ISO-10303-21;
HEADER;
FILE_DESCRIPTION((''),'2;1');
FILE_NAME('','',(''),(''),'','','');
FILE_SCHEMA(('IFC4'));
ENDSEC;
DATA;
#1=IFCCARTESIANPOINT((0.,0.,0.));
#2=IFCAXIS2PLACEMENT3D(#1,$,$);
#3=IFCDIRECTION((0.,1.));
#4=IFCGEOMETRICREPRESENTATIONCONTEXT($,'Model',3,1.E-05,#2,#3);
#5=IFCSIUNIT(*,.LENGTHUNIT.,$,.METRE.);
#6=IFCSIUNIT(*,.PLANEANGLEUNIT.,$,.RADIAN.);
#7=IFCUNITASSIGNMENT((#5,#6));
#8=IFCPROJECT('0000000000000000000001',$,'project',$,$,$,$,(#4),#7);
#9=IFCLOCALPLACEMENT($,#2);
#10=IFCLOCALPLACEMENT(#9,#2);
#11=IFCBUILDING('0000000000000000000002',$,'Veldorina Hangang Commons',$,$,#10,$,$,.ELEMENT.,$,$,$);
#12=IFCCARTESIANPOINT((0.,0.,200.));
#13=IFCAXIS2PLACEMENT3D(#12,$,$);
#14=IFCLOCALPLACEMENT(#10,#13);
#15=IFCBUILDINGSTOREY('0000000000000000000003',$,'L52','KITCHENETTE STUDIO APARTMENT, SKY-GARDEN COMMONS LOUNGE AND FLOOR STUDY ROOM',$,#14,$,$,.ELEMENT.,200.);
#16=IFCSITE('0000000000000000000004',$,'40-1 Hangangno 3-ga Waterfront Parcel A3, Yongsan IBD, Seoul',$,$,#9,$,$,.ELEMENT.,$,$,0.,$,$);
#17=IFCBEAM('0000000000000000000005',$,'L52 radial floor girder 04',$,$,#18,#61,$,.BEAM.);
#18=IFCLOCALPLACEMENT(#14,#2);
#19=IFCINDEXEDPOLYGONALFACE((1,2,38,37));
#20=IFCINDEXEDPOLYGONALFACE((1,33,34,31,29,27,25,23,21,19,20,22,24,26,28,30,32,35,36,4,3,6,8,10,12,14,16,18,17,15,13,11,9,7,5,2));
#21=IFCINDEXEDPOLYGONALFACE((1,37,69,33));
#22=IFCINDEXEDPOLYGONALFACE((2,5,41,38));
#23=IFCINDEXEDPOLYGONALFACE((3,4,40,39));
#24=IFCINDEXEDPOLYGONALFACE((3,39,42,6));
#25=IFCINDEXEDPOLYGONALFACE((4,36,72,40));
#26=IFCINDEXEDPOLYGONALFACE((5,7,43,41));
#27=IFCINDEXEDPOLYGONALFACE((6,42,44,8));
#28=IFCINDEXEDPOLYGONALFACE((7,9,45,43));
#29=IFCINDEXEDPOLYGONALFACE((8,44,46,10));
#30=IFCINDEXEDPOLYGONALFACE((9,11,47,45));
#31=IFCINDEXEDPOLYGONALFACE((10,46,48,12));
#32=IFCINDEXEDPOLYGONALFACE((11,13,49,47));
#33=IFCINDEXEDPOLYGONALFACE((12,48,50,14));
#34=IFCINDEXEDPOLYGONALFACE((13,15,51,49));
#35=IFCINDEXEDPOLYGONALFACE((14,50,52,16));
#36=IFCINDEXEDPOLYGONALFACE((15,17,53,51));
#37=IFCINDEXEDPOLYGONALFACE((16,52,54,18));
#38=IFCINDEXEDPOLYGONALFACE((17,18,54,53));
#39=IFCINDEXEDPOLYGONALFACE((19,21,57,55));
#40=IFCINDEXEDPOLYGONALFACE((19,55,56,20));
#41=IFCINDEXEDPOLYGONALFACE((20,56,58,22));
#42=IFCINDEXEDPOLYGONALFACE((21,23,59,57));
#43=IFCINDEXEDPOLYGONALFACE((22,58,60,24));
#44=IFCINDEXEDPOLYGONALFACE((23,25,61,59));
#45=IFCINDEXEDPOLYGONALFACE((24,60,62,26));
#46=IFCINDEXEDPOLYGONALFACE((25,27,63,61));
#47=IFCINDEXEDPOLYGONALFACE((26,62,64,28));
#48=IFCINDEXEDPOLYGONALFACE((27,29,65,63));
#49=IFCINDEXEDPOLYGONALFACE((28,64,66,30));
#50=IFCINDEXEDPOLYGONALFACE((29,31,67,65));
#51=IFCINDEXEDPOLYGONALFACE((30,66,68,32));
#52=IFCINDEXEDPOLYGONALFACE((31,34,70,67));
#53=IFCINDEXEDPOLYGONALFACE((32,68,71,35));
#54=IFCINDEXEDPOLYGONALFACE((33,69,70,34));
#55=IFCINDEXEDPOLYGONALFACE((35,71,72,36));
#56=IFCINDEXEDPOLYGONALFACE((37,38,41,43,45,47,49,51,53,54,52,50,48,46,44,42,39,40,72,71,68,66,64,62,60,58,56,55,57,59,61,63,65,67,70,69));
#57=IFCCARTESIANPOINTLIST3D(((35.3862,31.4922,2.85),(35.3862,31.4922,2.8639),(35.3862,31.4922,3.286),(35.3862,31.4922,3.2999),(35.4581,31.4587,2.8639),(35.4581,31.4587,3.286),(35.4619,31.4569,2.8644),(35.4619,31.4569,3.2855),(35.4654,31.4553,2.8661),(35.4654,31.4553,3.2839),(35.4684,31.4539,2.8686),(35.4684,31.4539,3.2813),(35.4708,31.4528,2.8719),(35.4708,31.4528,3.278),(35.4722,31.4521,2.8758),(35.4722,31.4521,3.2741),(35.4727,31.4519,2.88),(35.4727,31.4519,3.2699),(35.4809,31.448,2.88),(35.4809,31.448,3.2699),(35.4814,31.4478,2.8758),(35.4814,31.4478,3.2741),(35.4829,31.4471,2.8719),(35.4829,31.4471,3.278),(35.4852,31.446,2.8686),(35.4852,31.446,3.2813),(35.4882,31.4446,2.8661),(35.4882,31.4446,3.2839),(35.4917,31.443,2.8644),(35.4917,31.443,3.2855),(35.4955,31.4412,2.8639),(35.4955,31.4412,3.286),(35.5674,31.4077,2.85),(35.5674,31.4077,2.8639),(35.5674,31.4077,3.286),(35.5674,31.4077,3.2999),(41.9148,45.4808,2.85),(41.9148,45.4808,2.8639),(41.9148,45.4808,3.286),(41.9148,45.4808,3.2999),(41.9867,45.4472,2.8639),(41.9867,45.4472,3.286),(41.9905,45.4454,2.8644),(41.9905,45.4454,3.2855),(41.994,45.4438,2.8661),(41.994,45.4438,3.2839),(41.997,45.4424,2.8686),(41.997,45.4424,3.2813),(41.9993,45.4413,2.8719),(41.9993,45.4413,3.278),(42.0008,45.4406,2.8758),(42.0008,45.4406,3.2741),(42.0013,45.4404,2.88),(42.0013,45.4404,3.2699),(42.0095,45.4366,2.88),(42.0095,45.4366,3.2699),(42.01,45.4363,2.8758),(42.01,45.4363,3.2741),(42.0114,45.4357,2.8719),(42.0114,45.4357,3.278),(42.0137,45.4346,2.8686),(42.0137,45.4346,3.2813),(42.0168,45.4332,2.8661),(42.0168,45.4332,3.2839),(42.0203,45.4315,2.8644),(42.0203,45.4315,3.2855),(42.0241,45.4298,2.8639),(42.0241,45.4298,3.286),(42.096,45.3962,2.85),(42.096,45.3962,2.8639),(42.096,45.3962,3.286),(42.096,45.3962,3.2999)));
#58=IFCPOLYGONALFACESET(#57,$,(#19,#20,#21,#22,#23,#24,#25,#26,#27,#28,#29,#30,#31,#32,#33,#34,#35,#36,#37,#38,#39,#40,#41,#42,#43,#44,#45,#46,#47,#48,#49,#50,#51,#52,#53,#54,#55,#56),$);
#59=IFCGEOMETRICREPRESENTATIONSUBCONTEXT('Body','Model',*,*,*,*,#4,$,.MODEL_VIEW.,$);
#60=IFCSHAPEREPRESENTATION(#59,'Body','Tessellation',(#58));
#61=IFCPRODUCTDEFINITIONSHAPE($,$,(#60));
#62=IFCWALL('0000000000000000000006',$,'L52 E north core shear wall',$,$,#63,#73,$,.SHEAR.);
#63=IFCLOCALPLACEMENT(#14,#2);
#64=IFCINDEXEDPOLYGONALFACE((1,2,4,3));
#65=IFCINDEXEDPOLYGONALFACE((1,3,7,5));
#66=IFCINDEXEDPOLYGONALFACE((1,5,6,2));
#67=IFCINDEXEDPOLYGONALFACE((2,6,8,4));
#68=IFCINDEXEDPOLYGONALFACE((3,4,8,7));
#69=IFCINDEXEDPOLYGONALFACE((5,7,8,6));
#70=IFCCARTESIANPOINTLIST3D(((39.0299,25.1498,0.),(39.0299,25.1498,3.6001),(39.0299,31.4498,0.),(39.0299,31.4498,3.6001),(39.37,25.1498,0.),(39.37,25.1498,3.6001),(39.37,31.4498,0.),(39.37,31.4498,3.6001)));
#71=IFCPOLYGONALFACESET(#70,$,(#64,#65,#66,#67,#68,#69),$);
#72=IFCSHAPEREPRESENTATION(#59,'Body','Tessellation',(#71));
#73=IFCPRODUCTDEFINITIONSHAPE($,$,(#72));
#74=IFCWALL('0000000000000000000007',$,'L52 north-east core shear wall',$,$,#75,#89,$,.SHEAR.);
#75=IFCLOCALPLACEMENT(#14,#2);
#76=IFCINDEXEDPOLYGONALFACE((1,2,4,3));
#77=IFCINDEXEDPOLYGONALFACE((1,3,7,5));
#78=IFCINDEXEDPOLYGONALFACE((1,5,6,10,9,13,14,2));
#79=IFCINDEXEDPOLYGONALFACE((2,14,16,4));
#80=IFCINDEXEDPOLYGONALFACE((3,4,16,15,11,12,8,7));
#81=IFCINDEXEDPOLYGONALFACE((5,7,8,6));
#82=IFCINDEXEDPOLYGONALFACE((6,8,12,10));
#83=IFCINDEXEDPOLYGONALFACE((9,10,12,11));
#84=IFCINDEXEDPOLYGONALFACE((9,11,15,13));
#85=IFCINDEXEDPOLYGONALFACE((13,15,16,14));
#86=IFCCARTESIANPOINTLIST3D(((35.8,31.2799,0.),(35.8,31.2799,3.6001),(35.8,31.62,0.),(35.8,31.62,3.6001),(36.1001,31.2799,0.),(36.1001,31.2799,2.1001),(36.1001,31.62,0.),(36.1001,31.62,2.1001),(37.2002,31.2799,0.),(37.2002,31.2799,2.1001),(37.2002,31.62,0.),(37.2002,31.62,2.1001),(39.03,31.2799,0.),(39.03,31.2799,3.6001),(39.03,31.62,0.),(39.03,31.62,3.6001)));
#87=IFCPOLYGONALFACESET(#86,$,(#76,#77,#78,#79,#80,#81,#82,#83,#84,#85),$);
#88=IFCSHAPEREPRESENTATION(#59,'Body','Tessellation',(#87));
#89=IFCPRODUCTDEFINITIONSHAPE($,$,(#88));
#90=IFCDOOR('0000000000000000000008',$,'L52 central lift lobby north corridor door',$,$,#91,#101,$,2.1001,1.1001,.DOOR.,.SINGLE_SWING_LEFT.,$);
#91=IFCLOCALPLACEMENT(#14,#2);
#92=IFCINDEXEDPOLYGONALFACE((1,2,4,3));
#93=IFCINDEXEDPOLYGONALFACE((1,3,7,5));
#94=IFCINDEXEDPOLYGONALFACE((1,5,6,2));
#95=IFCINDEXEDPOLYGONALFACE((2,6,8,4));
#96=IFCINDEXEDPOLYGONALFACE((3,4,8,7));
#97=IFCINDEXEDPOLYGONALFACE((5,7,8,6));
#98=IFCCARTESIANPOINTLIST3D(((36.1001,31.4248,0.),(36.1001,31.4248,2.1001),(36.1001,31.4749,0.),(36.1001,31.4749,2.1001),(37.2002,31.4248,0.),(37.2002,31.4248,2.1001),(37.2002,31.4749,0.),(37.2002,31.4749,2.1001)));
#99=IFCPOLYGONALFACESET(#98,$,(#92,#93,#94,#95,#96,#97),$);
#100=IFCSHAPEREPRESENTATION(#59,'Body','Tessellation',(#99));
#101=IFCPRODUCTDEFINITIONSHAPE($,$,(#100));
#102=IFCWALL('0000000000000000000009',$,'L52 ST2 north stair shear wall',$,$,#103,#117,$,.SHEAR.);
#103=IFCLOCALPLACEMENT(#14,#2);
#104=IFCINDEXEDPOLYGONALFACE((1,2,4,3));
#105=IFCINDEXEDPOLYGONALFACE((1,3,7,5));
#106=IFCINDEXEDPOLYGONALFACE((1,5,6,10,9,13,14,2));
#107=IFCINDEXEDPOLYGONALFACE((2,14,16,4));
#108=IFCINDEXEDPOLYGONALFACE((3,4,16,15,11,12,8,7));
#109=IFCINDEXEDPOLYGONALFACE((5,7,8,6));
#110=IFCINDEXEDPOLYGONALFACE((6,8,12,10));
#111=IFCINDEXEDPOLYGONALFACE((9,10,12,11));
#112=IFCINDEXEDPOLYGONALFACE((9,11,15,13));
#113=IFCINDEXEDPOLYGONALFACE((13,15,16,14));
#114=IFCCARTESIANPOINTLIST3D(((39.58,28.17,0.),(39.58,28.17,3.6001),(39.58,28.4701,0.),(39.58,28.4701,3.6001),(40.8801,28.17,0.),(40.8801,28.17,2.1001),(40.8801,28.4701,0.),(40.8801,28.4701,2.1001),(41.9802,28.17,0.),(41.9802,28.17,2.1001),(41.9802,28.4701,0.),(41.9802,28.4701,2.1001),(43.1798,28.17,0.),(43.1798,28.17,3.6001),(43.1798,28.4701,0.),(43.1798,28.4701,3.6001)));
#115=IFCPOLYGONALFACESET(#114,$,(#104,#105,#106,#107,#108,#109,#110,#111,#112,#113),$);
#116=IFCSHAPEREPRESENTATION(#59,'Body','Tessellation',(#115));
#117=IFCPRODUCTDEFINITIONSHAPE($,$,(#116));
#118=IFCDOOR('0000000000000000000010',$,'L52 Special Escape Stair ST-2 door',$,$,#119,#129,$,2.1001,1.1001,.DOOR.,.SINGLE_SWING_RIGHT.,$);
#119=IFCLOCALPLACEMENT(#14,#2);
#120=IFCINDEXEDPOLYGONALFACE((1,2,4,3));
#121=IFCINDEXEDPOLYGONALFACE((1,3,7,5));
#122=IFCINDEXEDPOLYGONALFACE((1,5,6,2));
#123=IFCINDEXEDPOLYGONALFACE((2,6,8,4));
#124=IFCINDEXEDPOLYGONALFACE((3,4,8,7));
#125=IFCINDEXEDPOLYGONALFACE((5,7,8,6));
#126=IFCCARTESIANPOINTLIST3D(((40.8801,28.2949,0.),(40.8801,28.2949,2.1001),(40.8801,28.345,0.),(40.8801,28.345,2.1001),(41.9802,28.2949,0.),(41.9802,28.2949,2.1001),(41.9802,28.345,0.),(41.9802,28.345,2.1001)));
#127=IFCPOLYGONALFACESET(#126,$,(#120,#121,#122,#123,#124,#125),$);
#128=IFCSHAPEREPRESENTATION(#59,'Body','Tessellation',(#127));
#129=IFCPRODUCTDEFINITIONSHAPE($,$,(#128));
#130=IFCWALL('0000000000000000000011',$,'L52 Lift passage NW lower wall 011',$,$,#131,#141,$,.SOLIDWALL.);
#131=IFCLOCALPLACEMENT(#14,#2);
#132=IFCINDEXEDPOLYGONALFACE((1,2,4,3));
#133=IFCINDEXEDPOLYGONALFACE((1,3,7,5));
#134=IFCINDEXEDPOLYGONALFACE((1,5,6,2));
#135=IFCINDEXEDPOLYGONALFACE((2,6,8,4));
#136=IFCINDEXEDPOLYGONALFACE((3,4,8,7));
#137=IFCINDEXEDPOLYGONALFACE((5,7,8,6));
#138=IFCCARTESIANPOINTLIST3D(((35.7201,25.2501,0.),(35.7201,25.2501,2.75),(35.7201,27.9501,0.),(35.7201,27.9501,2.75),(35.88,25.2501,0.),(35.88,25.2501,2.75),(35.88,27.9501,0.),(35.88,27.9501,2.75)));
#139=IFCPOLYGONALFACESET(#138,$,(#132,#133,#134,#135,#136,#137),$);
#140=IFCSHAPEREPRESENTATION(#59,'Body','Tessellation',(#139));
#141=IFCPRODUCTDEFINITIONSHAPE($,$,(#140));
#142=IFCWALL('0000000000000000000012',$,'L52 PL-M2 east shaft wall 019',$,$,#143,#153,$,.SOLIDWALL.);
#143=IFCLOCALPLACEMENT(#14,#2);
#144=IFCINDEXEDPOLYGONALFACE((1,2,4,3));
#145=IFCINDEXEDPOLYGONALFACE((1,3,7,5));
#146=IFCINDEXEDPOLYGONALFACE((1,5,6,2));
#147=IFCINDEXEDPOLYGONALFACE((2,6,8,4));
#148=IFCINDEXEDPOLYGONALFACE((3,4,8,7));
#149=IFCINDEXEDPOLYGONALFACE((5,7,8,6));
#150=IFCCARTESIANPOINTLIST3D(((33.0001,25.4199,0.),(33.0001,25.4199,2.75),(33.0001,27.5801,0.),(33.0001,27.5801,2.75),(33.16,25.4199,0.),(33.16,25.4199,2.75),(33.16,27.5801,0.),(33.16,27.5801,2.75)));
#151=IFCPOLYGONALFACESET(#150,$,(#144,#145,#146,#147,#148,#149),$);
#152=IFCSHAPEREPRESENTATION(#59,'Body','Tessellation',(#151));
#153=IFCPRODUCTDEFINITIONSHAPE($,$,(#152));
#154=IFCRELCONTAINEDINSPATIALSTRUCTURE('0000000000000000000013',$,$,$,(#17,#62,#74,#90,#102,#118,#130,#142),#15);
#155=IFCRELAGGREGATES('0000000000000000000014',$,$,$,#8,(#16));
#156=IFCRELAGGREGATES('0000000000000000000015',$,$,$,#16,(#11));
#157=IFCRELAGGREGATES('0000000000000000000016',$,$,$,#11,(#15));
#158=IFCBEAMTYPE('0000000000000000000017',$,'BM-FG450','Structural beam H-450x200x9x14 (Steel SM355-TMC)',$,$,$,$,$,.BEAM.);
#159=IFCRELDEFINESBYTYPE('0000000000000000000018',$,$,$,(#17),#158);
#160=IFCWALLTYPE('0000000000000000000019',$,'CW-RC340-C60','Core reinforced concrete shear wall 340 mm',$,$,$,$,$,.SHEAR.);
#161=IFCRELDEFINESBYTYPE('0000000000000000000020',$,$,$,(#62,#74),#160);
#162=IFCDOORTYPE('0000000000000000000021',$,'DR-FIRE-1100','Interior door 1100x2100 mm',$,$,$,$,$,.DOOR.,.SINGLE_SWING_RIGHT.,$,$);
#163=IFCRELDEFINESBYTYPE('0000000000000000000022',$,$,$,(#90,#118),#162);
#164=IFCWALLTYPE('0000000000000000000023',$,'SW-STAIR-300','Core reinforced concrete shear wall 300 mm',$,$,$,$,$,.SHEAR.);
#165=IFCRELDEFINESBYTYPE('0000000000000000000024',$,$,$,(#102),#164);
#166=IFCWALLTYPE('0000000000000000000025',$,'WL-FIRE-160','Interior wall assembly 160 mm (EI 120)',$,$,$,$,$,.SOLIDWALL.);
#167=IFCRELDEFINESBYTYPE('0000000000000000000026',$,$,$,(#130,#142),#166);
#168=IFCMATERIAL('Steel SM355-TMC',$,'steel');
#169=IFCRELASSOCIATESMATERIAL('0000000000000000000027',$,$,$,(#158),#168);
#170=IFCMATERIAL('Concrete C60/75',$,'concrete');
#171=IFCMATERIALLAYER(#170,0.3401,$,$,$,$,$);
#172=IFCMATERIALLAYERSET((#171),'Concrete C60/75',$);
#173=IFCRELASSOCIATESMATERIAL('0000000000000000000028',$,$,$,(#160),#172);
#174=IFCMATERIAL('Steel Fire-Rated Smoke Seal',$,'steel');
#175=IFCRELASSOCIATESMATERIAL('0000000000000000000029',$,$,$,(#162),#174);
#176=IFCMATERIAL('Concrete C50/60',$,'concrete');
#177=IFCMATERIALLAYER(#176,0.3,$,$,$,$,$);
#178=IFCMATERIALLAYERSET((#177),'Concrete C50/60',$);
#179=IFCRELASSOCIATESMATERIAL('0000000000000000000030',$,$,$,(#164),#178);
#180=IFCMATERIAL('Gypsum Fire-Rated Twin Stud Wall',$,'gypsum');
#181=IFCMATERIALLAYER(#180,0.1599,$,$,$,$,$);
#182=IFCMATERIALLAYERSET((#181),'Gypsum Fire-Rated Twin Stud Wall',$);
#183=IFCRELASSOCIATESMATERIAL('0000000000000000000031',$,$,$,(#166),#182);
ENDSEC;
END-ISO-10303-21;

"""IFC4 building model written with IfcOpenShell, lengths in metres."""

from ifc_helpers import new_model, si_unit, direction, frame, frame_2d, origin, origin_2d, place, context, subcontext, project, spatial, rectangle, i_section, extrude, material, layer, layer_set, material_profile, profile_set, type_object, element, fill, save


model = new_model("IFC4")

# Units and contexts
model_context = context("Model", 3, precision=1e-05, world=origin(), true_north=direction((0.0, 1.0)))
body_context = subcontext(model_context, "Body", "Model", "MODEL_VIEW")
ifc_project = project(units=[si_unit("LENGTHUNIT", "METRE"), si_unit("PLANEANGLEUNIT", "RADIAN")], contexts=[model_context])

# Site, building, storey
site_placement = place(None, origin())
site = spatial("IfcSite", under=ifc_project, at=site_placement, Name="40-1 Hangangno 3-ga Waterfront Parcel A3, Yongsan IBD, Seoul", CompositionType="ELEMENT", RefElevation=0.0)
building_placement = place(site_placement, origin())
building = spatial("IfcBuilding", under=site, at=building_placement, Name="Veldorina Hangang Commons", CompositionType="ELEMENT")
storey_placement = place(building_placement, frame((0.0, 0.0, 200.0)))
storey = spatial("IfcBuildingStorey", under=building, at=storey_placement, Name="L52", Description="KITCHENETTE STUDIO APARTMENT, SKY-GARDEN COMMONS LOUNGE AND FLOOR STUDY ROOM", CompositionType="ELEMENT", Elevation=200.0)

# Beam
ifc_material_1 = material(Name="Concrete C60/75", Category="concrete")
ifc_material_2 = material(Name="Steel SM355-TMC", Category="steel")
ifc_material_profile_1 = material_profile(ifc_material_2, i_section(OverallWidth=0.2, OverallDepth=0.45, WebThickness=0.009, FlangeThickness=0.0139, FilletRadius=0.0161, at=origin_2d()), Name="H-450x200x9x14")
ifc_profile_set_1 = profile_set([ifc_material_profile_1], Name="Steel SM355-TMC")
beam_type_1 = type_object("IfcBeamType", Name="BM-FG450", Description="Structural beam H-450x200x9x14 (Steel SM355-TMC)", PredefinedType="BEAM", material=ifc_profile_set_1)
beam_1_placement = place(storey_placement, frame((35.4768, 31.45, 3.075), z_axis=(0.422917, 0.906169, 0.0), x_axis=(-0.906169, 0.422917, 0.0)))
element("IfcBeam", 1, at=beam_1_placement, inside=storey, type_object=beam_type_1, Name="L52 radial floor girder 04", PredefinedType="BEAM", context=body_context, shape_type="SweptSolid", body=[
    extrude(i_section(OverallWidth=0.2, OverallDepth=0.45, WebThickness=0.009, FlangeThickness=0.0139, FilletRadius=0.0161, at=origin_2d()), origin(), (0.0, 0.0, 1.0), 15.437),
])

# Wall
ifc_layer_1 = layer(ifc_material_1, 0.3401)
ifc_layer_set_1 = layer_set([ifc_layer_1], Name="Concrete C60/75")
wall_type_1 = type_object("IfcWallType", Name="CW-RC340-C60", Description="Core reinforced concrete shear wall 340 mm", PredefinedType="SHEAR", material=ifc_layer_set_1)
wall_1_placement = place(storey_placement, frame((39.2, 25.1499, 0.0), z_axis=(0.0, 0.0, 1.0), x_axis=(0.0, 1.0, 0.0)))
element("IfcWall", 2, at=wall_1_placement, inside=storey, type_object=wall_type_1, Name="L52 E north core shear wall", PredefinedType="SHEAR", context=body_context, shape_type="SweptSolid", body=[
    extrude(rectangle(XDim=6.3, YDim=0.3401, at=frame_2d((3.1499, 0.0))), origin(), (0.0, 0.0, 1.0), 3.6001),
])

# Walls, openings, doors
wall_2_placement = place(storey_placement, frame((35.8, 31.45, 0.0), z_axis=(0.0, 0.0, 1.0), x_axis=(1.0, 0.0, 0.0)))
wall_2 = element("IfcWall", 3, at=wall_2_placement, inside=storey, type_object=wall_type_1, Name="L52 north-east core shear wall", PredefinedType="SHEAR", context=body_context, shape_type="SweptSolid", body=[
    extrude(rectangle(XDim=3.23, YDim=0.3401, at=frame_2d((1.615, 0.0))), origin(), (0.0, 0.0, 1.0), 3.6001),
])
opening_1_placement = place(wall_2_placement, frame((0.3, 0.0, 0.0)))
opening_1 = element("IfcOpeningElement", 4, at=opening_1_placement, cuts=wall_2, PredefinedType="OPENING", context=body_context, shape_type="SweptSolid", body=[
    extrude(rectangle(XDim=1.1001, YDim=2.1001, at=frame_2d((0.55, 1.05))), frame((0.0, 0.1802, 0.0), z_axis=(0.0, -1.0, 0.0), x_axis=(1.0, 0.0, 0.0)), (0.0, 0.0, 1.0), 0.3601),
])
ifc_material_3 = material(Name="Steel Fire-Rated Smoke Seal", Category="steel")
door_type_1 = type_object("IfcDoorType", Name="DR-FIRE-1100", Description="Interior door 1100x2100 mm", OperationType="SINGLE_SWING_RIGHT", PredefinedType="DOOR", material=ifc_material_3)
door_1_placement = place(opening_1_placement, origin())
door_1 = element("IfcDoor", 5, at=door_1_placement, inside=storey, type_object=door_type_1, Name="L52 central lift lobby north corridor door", OperationType="SINGLE_SWING_LEFT", OverallHeight=2.1001, OverallWidth=1.1001, PredefinedType="DOOR", context=body_context, shape_type="SweptSolid", body=[
    extrude(rectangle(XDim=1.1001, YDim=2.1001, at=frame_2d((0.55, 1.05))), frame((0.0, 0.0249, 0.0), z_axis=(0.0, -1.0, 0.0), x_axis=(1.0, 0.0, 0.0)), (0.0, 0.0, 1.0), 0.05),
])
fill(opening_1, door_1)
ifc_material_4 = material(Name="Concrete C50/60", Category="concrete")
ifc_layer_2 = layer(ifc_material_4, 0.3)
ifc_layer_set_2 = layer_set([ifc_layer_2], Name="Concrete C50/60")
wall_type_2 = type_object("IfcWallType", Name="SW-STAIR-300", Description="Core reinforced concrete shear wall 300 mm", PredefinedType="SHEAR", material=ifc_layer_set_2)
wall_3_placement = place(storey_placement, frame((39.5801, 28.3201, 0.0), z_axis=(0.0, 0.0, 1.0), x_axis=(1.0, 0.0, 0.0)))
wall_3 = element("IfcWall", 6, at=wall_3_placement, inside=storey, type_object=wall_type_2, Name="L52 ST2 north stair shear wall", PredefinedType="SHEAR", context=body_context, shape_type="SweptSolid", body=[
    extrude(rectangle(XDim=3.5999, YDim=0.3, at=frame_2d((1.7998, 0.0))), origin(), (0.0, 0.0, 1.0), 3.6001),
])
opening_2_placement = place(wall_3_placement, frame((1.3, 0.0, 0.0)))
opening_2 = element("IfcOpeningElement", 7, at=opening_2_placement, cuts=wall_3, PredefinedType="OPENING", context=body_context, shape_type="SweptSolid", body=[
    extrude(rectangle(XDim=1.1001, YDim=2.1001, at=frame_2d((0.55, 1.05))), frame((0.0, 0.1602, 0.0), z_axis=(0.0, -1.0, 0.0), x_axis=(1.0, 0.0, 0.0)), (0.0, 0.0, 1.0), 0.3201),
])
door_2_placement = place(opening_2_placement, origin())
door_2 = element("IfcDoor", 8, at=door_2_placement, inside=storey, type_object=door_type_1, Name="L52 Special Escape Stair ST-2 door", OperationType="SINGLE_SWING_RIGHT", OverallHeight=2.1001, OverallWidth=1.1001, PredefinedType="DOOR", context=body_context, shape_type="SweptSolid", body=[
    extrude(rectangle(XDim=1.1001, YDim=2.1001, at=frame_2d((0.55, 1.05))), frame((0.0, 0.0249, 0.0), z_axis=(0.0, -1.0, 0.0), x_axis=(1.0, 0.0, 0.0)), (0.0, 0.0, 1.0), 0.05),
])
fill(opening_2, door_2)

# Walls
ifc_material_5 = material(Name="Gypsum Fire-Rated Twin Stud Wall", Category="gypsum")
ifc_layer_3 = layer(ifc_material_5, 0.1599)
ifc_layer_set_3 = layer_set([ifc_layer_3], Name="Gypsum Fire-Rated Twin Stud Wall")
wall_type_3 = type_object("IfcWallType", Name="WL-FIRE-160", Description="Interior wall assembly 160 mm (EI 120)", PredefinedType="SOLIDWALL", material=ifc_layer_set_3)
wall_4_placement = place(storey_placement, frame((35.8, 25.25, 0.0), z_axis=(0.0, 0.0, 1.0), x_axis=(0.0, 1.0, 0.0)))
element("IfcWall", 9, at=wall_4_placement, inside=storey, type_object=wall_type_3, Name="L52 Lift passage NW lower wall 011", PredefinedType="SOLIDWALL", context=body_context, shape_type="SweptSolid", body=[
    extrude(rectangle(XDim=2.7, YDim=0.1599, at=frame_2d((1.3501, 0.0))), origin(), (0.0, 0.0, 1.0), 2.75),
])
wall_5_placement = place(storey_placement, frame((33.0801, 25.4199, 0.0), z_axis=(0.0, 0.0, 1.0), x_axis=(0.0, 1.0, 0.0)))
element("IfcWall", 10, at=wall_5_placement, inside=storey, type_object=wall_type_3, Name="L52 PL-M2 east shaft wall 019", PredefinedType="SOLIDWALL", context=body_context, shape_type="SweptSolid", body=[
    extrude(rectangle(XDim=2.1602, YDim=0.1599, at=frame_2d((1.0801, 0.0))), origin(), (0.0, 0.0, 1.0), 2.75),
])

save(model, "model.ifc")
